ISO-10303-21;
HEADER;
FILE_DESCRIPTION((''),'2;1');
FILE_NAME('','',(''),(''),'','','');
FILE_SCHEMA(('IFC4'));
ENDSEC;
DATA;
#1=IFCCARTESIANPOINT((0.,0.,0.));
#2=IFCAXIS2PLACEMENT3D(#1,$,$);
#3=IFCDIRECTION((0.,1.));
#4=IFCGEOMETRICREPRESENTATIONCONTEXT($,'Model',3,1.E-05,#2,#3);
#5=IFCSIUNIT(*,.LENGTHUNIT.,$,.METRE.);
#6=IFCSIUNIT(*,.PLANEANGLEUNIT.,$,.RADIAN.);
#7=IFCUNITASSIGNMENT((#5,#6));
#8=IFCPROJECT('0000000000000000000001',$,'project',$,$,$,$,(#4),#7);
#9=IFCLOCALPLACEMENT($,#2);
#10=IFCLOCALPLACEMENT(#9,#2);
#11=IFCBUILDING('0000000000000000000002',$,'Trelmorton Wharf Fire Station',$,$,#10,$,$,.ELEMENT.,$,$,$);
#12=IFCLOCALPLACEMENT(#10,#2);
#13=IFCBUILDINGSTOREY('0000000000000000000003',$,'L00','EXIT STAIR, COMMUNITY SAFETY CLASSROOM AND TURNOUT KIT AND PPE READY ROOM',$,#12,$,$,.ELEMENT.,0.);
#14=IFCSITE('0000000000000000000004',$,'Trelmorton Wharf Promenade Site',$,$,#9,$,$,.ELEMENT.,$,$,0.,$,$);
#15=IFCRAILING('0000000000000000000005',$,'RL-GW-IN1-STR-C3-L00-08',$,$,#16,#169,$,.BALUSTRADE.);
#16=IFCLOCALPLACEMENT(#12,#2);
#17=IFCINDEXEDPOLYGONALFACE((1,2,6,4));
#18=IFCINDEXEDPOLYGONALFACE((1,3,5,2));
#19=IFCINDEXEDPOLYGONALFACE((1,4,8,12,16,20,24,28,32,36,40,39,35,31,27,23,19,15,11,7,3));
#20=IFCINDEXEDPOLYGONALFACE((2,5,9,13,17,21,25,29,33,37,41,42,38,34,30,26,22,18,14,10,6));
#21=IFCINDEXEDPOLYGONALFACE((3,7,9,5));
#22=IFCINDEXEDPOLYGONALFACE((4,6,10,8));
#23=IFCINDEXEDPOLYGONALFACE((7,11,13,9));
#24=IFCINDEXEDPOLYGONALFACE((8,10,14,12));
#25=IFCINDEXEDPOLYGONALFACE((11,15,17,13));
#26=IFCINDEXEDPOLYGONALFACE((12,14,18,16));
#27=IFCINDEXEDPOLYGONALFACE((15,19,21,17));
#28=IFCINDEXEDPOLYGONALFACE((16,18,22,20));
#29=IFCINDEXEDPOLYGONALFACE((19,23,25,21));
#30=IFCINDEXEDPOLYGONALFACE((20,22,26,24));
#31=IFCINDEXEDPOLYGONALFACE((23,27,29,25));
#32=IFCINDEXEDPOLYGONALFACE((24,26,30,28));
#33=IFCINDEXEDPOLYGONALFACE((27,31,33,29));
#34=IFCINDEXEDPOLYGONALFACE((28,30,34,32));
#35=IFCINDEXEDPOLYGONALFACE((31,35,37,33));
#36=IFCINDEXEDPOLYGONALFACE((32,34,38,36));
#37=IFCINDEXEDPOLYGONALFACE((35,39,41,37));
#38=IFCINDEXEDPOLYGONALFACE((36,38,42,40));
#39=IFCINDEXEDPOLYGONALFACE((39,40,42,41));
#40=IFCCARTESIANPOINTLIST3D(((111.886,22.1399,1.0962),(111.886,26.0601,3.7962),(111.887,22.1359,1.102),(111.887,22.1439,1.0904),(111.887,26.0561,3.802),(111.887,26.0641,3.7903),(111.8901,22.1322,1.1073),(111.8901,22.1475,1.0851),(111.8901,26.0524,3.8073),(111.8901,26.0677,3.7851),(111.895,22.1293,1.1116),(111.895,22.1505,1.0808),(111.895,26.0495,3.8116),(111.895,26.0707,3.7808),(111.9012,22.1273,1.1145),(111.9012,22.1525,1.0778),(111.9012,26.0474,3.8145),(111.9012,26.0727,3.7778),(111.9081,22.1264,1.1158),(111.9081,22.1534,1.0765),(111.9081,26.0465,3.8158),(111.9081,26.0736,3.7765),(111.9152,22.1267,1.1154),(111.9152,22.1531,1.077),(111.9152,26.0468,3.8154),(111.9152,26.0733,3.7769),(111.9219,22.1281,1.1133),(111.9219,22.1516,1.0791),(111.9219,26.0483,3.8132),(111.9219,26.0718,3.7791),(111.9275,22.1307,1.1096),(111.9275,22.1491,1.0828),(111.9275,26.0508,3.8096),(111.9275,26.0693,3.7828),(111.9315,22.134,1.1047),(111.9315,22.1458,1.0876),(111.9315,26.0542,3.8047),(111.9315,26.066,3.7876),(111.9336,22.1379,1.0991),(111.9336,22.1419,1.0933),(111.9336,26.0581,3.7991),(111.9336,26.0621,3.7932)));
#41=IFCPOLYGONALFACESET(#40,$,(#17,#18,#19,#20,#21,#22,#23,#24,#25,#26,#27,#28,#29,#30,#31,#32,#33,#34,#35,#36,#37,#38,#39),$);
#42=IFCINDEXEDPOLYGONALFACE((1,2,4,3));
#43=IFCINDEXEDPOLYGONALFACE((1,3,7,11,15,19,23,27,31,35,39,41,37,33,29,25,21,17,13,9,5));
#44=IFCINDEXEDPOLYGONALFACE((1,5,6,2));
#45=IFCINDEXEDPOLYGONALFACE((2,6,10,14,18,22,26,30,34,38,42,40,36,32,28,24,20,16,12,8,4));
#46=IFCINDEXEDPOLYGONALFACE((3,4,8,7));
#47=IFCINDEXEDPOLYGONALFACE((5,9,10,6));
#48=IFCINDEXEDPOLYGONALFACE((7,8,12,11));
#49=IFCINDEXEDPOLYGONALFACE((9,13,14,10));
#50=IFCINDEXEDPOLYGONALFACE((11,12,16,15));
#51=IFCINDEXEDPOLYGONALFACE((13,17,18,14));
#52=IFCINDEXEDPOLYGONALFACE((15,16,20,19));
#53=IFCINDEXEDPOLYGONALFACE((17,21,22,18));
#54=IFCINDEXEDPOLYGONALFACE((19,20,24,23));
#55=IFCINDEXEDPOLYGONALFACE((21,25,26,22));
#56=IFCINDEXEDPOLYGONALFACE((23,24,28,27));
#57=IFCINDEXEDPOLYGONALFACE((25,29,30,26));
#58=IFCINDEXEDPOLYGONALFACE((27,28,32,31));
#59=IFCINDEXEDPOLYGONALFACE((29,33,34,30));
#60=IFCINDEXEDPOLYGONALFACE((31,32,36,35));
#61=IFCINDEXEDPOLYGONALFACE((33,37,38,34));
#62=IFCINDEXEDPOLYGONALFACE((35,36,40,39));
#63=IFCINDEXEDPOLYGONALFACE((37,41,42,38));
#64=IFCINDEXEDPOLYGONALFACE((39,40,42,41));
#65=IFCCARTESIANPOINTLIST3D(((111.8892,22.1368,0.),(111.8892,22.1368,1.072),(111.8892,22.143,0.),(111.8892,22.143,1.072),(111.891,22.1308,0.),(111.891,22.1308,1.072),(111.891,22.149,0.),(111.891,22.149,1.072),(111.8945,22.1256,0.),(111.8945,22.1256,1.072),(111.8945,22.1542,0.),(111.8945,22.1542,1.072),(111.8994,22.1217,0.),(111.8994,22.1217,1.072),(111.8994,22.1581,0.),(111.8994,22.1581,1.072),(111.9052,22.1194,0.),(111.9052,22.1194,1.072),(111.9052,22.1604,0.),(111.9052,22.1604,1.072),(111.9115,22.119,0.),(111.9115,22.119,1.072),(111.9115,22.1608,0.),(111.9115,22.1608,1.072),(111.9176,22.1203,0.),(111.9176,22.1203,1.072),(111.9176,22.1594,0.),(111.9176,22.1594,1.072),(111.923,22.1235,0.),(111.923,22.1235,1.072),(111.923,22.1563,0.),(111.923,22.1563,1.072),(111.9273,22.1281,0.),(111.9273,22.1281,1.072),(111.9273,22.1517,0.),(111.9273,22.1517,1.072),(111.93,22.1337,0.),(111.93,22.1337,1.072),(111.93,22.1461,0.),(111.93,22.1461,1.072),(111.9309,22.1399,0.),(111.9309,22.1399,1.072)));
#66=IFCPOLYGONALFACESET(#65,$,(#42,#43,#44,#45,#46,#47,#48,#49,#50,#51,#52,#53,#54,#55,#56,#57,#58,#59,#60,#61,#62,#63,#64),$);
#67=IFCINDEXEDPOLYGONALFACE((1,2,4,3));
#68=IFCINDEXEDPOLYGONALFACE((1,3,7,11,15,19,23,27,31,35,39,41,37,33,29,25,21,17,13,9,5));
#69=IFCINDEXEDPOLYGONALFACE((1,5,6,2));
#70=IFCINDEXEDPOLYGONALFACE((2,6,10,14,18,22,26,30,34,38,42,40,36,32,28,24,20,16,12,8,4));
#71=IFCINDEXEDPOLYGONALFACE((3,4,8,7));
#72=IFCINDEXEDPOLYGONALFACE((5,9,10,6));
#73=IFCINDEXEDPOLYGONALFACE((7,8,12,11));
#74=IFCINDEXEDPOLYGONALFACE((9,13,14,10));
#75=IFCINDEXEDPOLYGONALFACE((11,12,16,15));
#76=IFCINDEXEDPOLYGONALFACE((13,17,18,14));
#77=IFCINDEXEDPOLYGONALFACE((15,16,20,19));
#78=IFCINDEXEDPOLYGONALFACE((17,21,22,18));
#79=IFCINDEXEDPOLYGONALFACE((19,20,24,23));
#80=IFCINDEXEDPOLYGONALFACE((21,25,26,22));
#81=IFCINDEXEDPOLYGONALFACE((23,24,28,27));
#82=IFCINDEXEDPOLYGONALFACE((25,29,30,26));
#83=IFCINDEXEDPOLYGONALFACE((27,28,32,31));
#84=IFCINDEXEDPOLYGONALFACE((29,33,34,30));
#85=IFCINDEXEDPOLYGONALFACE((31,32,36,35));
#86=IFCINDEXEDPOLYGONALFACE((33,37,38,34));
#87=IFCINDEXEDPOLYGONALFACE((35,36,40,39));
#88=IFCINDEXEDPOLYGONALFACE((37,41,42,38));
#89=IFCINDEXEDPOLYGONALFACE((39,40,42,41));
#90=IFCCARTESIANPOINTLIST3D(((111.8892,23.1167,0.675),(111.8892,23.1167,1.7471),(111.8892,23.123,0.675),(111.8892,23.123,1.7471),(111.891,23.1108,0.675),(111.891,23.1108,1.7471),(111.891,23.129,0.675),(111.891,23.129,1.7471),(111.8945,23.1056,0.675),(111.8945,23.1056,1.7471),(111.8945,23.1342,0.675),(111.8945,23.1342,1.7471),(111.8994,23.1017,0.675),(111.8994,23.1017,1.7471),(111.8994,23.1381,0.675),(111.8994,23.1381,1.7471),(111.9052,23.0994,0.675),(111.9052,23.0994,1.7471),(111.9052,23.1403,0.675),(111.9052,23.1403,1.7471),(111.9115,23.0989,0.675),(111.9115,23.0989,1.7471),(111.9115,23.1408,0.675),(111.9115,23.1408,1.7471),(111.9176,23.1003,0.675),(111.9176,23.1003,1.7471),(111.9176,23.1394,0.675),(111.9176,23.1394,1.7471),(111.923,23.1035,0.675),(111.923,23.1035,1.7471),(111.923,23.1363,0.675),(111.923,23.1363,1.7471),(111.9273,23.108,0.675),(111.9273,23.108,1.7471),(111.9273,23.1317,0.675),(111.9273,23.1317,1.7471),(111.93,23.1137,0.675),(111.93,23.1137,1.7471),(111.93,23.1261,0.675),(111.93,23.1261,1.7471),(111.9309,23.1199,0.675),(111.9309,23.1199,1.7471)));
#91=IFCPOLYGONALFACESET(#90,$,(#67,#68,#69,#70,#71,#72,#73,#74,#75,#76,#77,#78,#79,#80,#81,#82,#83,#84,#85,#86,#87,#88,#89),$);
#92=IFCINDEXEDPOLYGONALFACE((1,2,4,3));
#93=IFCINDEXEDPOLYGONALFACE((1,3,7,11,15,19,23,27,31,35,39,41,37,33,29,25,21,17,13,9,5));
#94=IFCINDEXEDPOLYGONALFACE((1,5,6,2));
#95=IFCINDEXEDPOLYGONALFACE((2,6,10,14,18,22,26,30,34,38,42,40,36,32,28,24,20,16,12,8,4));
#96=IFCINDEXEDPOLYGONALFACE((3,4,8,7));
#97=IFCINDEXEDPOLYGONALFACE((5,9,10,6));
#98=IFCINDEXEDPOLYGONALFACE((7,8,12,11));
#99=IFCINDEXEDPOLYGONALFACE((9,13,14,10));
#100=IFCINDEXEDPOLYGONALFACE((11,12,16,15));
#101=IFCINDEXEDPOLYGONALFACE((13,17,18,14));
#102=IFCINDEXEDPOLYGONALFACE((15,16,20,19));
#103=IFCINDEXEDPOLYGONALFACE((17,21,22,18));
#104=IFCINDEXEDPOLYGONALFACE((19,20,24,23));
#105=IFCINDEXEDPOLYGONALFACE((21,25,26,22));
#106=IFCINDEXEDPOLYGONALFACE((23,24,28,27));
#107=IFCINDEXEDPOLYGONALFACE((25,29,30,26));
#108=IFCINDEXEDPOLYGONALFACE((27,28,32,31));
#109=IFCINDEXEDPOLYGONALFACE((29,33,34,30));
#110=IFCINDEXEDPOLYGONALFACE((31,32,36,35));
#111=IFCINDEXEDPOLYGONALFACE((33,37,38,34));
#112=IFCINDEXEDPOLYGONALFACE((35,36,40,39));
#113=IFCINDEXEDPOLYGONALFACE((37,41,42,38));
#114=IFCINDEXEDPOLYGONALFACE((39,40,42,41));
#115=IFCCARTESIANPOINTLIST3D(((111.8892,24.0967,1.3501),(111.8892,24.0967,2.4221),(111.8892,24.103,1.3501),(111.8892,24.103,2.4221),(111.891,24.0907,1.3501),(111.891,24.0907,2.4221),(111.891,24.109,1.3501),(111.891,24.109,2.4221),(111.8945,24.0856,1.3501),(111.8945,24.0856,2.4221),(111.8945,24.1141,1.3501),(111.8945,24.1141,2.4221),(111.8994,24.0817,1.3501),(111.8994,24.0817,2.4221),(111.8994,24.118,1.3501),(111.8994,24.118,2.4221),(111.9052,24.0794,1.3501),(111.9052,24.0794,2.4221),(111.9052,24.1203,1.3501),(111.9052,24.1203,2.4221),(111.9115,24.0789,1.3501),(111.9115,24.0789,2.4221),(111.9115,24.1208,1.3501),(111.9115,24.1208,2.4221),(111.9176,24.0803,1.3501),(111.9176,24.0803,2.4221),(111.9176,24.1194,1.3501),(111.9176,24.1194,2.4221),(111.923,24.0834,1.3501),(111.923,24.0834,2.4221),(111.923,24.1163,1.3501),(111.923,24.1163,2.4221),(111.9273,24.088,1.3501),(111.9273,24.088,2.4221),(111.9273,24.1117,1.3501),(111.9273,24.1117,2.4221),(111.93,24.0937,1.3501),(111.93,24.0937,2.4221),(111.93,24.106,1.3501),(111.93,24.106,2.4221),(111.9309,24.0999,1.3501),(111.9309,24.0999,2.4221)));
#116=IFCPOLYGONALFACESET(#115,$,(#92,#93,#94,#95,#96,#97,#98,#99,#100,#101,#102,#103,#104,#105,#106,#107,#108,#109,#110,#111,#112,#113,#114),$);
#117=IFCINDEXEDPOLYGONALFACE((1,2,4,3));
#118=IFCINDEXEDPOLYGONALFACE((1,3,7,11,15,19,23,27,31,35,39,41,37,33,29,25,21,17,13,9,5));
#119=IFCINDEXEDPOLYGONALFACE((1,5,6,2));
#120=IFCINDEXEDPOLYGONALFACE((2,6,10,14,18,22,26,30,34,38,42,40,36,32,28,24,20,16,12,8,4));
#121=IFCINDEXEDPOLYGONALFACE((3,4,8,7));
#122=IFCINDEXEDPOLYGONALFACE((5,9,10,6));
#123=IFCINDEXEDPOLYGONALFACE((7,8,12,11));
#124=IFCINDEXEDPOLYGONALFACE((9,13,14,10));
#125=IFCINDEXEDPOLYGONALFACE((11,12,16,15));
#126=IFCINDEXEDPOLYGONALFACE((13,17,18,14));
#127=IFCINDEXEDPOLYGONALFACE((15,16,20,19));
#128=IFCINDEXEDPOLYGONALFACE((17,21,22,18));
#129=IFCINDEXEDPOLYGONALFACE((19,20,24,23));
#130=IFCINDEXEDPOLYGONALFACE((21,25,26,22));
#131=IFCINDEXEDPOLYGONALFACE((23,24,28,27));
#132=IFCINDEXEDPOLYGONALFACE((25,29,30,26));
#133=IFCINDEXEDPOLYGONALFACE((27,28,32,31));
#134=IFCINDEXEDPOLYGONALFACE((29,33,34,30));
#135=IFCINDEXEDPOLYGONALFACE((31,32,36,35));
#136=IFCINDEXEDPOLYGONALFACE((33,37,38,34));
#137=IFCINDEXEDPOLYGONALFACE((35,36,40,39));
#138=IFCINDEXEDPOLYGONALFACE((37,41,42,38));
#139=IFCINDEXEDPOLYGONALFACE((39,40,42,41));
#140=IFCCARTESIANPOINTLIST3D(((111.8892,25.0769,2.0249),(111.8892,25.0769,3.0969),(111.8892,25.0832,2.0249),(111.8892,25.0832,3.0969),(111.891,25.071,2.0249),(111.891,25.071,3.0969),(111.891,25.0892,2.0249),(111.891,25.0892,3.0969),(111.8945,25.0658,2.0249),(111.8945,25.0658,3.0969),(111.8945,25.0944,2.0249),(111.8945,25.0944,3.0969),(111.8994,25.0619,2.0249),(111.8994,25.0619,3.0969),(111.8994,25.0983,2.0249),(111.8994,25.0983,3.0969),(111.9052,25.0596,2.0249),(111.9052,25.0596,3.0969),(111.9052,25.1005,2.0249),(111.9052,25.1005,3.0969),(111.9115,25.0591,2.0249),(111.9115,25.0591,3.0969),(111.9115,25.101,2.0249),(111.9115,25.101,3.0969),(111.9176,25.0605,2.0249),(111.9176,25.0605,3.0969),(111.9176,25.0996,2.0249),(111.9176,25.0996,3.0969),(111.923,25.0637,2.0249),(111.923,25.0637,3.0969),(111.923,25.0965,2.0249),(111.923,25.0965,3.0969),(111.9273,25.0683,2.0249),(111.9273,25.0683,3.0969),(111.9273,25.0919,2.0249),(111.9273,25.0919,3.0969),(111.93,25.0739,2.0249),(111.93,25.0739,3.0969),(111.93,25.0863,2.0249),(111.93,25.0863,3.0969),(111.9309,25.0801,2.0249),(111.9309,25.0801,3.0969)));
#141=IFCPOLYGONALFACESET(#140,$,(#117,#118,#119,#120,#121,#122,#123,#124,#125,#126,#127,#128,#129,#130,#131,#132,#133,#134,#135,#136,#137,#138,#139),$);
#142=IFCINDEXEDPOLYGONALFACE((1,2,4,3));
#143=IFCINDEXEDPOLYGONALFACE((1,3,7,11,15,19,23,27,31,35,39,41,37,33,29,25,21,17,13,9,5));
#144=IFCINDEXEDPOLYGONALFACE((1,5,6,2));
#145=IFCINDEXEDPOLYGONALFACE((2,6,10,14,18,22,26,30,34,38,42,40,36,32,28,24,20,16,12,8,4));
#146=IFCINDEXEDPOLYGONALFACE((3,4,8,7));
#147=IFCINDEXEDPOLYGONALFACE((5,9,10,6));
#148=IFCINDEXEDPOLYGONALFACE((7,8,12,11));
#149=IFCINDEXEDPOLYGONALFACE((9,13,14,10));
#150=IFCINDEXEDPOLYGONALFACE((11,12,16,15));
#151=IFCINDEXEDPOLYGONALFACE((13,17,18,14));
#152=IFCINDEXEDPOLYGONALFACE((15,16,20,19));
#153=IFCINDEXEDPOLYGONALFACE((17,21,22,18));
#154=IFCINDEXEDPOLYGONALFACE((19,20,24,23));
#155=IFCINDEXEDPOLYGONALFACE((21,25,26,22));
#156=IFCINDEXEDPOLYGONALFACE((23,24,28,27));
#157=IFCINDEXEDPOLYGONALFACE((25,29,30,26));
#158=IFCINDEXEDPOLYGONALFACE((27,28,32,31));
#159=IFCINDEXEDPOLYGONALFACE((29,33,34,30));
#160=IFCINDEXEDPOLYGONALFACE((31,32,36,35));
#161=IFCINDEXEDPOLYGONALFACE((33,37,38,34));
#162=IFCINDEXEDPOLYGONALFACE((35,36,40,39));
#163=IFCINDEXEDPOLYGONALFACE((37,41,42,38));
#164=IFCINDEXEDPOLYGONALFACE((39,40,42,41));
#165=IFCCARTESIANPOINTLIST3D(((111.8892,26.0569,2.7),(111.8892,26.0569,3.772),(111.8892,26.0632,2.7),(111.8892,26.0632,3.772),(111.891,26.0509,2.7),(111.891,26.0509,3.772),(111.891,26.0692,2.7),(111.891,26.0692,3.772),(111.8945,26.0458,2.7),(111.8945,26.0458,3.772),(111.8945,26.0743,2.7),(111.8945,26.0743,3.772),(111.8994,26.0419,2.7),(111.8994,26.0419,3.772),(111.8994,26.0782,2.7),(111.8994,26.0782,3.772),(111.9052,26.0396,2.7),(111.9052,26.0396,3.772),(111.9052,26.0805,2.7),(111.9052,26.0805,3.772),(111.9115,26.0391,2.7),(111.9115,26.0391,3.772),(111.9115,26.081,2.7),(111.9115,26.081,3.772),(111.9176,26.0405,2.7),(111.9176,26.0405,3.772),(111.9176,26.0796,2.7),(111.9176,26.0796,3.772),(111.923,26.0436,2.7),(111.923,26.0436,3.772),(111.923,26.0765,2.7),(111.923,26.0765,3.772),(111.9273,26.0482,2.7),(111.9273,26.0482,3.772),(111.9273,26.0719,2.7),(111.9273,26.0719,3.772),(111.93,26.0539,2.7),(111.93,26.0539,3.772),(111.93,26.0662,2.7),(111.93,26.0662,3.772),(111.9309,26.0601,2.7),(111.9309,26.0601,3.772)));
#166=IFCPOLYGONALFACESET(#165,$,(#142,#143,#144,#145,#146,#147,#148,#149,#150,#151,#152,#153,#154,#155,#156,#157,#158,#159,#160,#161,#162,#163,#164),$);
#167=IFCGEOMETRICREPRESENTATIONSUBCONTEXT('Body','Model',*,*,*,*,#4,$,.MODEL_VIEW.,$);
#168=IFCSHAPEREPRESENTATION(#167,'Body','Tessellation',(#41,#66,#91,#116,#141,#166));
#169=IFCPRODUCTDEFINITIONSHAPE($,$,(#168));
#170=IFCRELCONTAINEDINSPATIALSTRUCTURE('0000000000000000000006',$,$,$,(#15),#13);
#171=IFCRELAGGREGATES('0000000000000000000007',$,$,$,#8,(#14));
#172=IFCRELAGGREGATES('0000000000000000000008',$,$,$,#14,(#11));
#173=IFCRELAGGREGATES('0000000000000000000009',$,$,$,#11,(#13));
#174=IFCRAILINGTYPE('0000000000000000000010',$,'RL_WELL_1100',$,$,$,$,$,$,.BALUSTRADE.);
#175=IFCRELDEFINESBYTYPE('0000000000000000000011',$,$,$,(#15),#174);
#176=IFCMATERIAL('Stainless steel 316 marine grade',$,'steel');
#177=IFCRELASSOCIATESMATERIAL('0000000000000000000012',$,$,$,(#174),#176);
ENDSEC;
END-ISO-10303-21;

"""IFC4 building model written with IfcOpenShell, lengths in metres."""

from ifc_helpers import new_model, si_unit, direction, frame, origin, origin_2d, place, context, subcontext, project, spatial, circle, extrude, material, type_object, element, save


model = new_model("IFC4")

# Units and contexts
model_context = context("Model", 3, precision=1e-05, world=origin(), true_north=direction((0.0, 1.0)))
body_context = subcontext(model_context, "Body", "Model", "MODEL_VIEW")
ifc_project = project(units=[si_unit("LENGTHUNIT", "METRE"), si_unit("PLANEANGLEUNIT", "RADIAN")], contexts=[model_context])

# Site, building, storey
site_placement = place(None, origin())
site = spatial("IfcSite", under=ifc_project, at=site_placement, Name="Trelmorton Wharf Promenade Site", CompositionType="ELEMENT", RefElevation=0.0)
building_placement = place(site_placement, origin())
building = spatial("IfcBuilding", under=site, at=building_placement, Name="Trelmorton Wharf Fire Station", CompositionType="ELEMENT")
storey_placement = place(building_placement, origin())
storey = spatial("IfcBuildingStorey", under=building, at=storey_placement, Name="L00", Description="EXIT STAIR, COMMUNITY SAFETY CLASSROOM AND TURNOUT KIT AND PPE READY ROOM", CompositionType="ELEMENT", Elevation=0.0)

# Shared definitions
ifc_material_1 = material(Name="Stainless steel 316 marine grade", Category="steel")

# Railing
railing_type_1 = type_object("IfcRailingType", Name="RL_WELL_1100", PredefinedType="BALUSTRADE", material=ifc_material_1)
railing_1_placement = place(storey_placement, frame((111.9099, 22.1399, 0.0)))
element("IfcRailing", 1, at=railing_1_placement, inside=storey, type_object=railing_type_1, Name="RL-GW-IN1-STR-C3-L00-08", PredefinedType="BALUSTRADE", context=body_context, shape_type="SweptSolid", body=[
    extrude(circle(Radius=0.0239, at=origin_2d()), frame((0.0, 0.0, 1.0962), z_axis=(0.0, 0.823567, 0.567219), x_axis=(-1.0, 0.0, 0.0)), (0.0, 0.0, 1.0), 4.76),
    extrude(circle(Radius=0.021, at=origin_2d()), origin(), (0.0, 0.0, 1.0), 1.072),
    extrude(circle(Radius=0.021, at=origin_2d()), frame((0.0, 0.98, 0.675)), (0.0, 0.0, 1.0), 1.072),
    extrude(circle(Radius=0.021, at=origin_2d()), frame((0.0, 1.96, 1.3501)), (0.0, 0.0, 1.0), 1.072),
    extrude(circle(Radius=0.021, at=origin_2d()), frame((0.0, 2.9402, 2.0249)), (0.0, 0.0, 1.0), 1.072),
    extrude(circle(Radius=0.021, at=origin_2d()), frame((0.0, 3.9202, 2.7)), (0.0, 0.0, 1.0), 1.072),
])

save(model, "model.ifc")
